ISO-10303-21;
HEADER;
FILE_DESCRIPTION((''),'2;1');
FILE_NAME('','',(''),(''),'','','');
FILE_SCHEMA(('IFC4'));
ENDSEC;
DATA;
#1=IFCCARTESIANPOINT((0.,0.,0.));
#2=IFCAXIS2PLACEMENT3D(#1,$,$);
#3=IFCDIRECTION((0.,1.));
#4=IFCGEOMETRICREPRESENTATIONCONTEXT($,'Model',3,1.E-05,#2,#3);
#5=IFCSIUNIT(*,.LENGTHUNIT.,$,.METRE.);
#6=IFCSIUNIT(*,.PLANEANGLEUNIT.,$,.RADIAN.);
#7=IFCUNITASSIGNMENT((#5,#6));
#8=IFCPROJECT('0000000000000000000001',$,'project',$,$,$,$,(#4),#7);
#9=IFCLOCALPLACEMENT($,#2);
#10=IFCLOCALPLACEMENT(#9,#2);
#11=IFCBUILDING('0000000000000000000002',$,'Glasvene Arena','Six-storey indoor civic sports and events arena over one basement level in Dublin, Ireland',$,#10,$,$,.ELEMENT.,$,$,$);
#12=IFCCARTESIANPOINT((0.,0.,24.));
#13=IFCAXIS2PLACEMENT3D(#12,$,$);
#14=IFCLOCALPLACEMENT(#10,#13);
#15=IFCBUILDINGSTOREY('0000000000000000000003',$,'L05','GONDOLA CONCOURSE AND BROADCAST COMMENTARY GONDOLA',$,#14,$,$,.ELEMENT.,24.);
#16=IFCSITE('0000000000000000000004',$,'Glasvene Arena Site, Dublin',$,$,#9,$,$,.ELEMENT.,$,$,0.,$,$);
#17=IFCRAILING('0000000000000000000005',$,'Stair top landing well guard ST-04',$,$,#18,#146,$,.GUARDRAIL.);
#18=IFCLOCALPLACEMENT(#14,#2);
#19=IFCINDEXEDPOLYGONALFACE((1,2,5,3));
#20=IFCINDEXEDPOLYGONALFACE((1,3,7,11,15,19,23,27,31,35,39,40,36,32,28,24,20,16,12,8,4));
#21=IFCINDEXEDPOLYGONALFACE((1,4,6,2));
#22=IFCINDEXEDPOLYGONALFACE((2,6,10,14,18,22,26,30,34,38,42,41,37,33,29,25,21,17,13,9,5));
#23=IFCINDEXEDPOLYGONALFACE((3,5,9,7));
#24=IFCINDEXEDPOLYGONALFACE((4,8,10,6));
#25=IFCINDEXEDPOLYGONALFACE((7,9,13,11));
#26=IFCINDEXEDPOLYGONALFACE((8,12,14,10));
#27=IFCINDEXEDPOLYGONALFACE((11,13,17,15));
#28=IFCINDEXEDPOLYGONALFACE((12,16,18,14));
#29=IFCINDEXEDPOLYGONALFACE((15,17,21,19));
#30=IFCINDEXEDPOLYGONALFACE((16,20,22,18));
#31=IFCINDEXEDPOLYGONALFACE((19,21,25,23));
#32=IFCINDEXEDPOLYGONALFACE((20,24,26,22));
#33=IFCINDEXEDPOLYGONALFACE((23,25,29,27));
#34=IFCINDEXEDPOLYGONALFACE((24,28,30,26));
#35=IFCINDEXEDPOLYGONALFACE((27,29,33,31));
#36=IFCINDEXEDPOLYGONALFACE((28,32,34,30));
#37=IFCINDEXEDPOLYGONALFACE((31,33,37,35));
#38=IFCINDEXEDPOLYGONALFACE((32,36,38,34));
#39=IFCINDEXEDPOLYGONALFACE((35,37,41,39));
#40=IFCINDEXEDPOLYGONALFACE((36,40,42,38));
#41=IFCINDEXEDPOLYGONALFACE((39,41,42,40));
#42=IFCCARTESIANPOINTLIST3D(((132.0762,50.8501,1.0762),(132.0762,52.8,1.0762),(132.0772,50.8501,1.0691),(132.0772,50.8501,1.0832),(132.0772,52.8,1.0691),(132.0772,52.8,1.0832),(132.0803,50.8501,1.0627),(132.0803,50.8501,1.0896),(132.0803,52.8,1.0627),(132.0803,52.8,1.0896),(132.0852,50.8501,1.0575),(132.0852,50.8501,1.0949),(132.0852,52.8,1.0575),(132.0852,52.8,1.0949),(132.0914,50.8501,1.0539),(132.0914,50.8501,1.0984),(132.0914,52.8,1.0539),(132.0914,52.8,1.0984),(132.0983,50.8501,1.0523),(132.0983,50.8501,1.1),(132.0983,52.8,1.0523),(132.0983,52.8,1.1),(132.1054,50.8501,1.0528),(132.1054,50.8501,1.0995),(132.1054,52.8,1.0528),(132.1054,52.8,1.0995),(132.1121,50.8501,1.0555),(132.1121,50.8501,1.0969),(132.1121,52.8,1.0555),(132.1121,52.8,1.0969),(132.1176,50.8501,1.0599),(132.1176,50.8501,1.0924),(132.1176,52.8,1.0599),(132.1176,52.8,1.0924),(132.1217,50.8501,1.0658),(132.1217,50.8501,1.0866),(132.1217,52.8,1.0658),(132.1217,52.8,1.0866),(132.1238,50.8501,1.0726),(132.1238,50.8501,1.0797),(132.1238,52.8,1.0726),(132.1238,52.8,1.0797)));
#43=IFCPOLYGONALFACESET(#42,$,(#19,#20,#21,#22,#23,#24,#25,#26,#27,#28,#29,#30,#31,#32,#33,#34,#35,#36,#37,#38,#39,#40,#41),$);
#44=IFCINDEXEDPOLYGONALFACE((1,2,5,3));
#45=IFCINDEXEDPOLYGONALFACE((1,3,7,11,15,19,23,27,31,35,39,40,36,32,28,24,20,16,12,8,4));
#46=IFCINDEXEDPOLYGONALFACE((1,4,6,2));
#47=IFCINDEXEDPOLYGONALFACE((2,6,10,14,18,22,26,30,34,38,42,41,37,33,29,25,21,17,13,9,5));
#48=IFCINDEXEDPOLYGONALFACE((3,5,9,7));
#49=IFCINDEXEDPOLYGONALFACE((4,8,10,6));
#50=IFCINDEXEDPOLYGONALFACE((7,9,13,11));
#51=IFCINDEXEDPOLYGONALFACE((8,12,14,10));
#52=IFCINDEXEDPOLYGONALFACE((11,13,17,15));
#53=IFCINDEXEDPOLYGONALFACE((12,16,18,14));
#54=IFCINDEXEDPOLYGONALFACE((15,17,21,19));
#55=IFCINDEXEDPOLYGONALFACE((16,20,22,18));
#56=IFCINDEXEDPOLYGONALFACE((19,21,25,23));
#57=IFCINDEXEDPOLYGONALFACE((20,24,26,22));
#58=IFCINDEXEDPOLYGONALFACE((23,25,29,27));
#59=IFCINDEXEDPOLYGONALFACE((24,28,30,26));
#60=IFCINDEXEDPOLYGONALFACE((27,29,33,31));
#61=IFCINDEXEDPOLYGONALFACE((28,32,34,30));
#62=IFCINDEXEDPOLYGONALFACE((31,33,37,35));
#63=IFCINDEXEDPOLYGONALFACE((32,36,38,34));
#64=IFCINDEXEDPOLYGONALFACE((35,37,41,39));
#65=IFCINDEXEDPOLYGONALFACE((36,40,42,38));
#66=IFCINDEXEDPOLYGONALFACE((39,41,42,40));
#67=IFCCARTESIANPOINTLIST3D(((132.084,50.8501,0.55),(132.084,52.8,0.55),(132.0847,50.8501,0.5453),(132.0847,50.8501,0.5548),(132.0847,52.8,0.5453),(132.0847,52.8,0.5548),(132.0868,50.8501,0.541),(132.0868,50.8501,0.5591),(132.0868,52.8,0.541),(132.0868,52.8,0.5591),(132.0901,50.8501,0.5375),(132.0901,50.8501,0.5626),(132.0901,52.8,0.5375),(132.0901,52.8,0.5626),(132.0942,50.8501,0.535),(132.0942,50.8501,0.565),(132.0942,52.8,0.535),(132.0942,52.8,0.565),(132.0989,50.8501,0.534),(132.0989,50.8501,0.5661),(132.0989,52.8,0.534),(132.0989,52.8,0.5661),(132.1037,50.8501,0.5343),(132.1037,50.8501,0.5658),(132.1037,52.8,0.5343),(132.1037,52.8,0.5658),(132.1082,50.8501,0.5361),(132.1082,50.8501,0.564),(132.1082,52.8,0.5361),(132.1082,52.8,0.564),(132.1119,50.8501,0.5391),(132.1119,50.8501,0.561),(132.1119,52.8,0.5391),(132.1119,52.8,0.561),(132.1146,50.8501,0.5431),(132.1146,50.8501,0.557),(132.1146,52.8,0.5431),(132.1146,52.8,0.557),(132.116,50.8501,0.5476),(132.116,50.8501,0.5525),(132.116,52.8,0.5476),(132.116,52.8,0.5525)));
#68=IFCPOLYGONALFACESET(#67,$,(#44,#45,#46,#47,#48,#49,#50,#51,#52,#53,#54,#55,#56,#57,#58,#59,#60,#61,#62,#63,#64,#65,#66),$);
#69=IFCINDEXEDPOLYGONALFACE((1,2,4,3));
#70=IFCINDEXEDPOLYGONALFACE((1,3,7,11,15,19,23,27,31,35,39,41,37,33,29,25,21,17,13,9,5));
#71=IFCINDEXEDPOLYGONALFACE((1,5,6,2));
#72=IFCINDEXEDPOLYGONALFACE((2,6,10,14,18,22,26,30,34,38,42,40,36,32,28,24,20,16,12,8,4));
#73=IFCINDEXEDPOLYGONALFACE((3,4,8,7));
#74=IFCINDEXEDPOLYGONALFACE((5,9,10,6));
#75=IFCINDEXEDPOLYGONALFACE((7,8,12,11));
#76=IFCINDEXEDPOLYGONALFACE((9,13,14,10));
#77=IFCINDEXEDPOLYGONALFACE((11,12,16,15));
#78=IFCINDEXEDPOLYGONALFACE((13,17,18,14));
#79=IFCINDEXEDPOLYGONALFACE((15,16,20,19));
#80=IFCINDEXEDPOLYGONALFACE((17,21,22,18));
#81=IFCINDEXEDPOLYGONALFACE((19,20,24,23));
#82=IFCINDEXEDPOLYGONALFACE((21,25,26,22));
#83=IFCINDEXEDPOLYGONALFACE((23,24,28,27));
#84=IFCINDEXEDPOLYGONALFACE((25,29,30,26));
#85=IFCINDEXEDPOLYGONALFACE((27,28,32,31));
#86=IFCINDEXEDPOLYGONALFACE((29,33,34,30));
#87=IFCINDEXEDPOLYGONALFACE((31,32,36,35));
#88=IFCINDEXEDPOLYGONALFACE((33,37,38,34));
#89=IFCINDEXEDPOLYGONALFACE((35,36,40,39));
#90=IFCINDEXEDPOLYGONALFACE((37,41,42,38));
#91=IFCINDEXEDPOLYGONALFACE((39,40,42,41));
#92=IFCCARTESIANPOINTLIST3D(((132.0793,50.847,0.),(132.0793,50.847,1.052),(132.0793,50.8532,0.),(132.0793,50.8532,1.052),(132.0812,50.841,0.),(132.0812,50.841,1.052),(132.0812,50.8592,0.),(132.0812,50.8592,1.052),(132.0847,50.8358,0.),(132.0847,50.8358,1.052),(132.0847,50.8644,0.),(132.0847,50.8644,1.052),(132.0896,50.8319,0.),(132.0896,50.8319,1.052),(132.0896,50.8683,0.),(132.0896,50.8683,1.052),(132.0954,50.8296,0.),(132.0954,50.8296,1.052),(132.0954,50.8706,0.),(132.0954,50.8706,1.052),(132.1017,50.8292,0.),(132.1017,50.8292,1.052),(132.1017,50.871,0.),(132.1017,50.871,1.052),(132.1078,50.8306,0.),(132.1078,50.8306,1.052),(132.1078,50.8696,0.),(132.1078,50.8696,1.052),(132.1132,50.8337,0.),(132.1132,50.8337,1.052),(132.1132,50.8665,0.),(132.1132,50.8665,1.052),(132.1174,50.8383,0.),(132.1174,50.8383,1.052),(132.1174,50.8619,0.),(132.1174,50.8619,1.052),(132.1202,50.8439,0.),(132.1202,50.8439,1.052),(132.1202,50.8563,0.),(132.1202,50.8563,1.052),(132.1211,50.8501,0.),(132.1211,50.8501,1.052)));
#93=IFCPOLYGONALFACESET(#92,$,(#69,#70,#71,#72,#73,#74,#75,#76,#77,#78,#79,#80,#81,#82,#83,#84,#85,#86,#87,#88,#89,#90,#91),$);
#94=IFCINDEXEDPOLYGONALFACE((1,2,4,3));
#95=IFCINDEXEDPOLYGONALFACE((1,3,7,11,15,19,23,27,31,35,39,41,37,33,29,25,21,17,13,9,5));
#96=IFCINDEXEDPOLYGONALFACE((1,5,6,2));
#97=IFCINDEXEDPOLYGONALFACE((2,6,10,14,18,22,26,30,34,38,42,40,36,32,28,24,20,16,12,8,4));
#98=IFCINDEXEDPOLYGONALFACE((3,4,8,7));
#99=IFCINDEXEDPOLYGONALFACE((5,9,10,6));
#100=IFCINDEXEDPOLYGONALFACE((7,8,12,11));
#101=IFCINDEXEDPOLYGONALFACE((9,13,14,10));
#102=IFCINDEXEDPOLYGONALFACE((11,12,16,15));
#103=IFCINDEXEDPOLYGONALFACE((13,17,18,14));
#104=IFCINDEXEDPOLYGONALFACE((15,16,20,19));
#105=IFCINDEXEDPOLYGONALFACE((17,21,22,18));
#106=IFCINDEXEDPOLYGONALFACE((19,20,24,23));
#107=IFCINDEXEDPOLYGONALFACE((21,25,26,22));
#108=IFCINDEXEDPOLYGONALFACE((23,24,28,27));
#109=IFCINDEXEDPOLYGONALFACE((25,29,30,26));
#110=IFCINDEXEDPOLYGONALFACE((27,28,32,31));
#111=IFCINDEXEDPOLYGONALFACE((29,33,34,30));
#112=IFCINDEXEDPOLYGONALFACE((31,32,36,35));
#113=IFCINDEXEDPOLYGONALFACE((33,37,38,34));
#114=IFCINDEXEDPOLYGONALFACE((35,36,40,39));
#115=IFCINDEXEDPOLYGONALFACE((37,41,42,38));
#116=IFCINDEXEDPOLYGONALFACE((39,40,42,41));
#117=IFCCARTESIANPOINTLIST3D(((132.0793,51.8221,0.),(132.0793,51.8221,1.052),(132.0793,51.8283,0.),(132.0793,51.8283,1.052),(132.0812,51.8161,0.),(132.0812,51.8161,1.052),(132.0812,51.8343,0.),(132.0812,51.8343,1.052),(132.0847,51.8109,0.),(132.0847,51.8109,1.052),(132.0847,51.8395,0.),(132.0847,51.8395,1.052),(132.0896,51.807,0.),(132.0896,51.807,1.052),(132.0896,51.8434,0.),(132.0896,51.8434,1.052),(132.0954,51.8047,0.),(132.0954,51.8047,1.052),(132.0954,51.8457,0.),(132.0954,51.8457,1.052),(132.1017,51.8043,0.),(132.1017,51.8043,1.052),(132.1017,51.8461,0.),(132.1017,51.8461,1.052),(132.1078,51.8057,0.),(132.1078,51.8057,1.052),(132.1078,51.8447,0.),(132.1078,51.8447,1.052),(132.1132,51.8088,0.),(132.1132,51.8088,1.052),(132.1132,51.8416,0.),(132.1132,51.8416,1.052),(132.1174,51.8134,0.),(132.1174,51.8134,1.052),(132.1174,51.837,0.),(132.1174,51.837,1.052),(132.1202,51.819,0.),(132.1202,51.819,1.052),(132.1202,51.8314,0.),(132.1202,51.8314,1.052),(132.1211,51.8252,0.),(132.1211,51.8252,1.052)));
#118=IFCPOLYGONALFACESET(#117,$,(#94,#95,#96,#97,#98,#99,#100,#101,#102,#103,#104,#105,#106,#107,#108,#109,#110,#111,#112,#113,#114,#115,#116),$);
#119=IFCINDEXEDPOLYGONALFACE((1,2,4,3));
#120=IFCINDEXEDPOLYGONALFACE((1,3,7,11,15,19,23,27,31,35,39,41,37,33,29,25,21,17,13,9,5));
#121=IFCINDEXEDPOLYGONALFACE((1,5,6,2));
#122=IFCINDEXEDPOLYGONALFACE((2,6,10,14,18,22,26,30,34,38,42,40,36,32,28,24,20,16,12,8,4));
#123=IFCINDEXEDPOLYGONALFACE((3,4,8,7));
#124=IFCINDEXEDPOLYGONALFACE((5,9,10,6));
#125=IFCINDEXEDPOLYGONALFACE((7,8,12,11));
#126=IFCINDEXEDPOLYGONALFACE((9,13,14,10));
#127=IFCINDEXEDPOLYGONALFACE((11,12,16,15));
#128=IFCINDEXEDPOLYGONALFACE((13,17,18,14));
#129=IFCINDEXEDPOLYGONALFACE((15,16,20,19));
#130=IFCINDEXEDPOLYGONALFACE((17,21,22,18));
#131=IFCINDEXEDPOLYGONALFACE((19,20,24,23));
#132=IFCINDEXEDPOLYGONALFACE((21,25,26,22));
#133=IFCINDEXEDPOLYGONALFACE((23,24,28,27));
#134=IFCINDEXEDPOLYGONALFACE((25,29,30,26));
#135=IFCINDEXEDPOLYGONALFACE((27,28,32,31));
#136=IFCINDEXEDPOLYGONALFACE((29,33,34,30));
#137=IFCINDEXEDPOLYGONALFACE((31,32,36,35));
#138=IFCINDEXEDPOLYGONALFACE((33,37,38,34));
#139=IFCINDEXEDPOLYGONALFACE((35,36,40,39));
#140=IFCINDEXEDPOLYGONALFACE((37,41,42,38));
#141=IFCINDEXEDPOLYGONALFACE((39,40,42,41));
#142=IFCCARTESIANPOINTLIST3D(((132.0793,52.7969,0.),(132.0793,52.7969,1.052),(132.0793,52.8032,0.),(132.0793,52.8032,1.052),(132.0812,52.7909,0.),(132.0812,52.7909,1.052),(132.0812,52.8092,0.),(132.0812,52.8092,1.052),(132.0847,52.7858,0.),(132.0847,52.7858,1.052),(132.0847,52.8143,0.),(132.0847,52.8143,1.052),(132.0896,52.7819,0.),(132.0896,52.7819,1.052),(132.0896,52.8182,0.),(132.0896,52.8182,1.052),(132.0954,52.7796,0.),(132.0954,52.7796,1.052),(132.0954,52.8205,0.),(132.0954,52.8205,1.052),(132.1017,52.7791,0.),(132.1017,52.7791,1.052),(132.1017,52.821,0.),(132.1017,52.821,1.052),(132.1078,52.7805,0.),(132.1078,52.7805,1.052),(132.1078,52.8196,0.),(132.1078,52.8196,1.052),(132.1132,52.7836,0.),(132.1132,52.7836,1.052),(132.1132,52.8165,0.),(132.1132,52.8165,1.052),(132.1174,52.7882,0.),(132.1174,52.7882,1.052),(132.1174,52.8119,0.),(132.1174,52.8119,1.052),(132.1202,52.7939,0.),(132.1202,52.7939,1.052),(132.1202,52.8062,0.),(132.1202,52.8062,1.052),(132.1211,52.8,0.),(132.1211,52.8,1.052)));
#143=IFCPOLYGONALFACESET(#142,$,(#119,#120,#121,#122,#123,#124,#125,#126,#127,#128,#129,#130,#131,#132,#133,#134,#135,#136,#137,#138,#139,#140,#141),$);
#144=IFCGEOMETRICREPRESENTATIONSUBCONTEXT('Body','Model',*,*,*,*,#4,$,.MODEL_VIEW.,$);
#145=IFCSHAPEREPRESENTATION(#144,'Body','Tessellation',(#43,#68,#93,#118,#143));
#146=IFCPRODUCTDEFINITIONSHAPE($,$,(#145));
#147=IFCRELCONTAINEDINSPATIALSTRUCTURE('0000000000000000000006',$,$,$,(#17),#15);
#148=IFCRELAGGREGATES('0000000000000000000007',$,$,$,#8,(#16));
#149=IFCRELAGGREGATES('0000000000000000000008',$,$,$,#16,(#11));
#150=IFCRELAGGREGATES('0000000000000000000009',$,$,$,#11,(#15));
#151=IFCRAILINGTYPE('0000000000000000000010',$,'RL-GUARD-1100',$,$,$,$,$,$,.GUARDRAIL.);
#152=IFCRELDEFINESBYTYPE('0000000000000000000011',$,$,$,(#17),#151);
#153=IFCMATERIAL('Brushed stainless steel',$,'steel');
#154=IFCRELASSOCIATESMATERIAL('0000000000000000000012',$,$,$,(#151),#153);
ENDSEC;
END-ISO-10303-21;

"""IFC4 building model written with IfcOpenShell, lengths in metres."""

from ifc_helpers import new_model, si_unit, direction, frame, origin, origin_2d, place, context, subcontext, project, spatial, circle, extrude, material, type_object, element, save


model = new_model("IFC4")

# Units and contexts
model_context = context("Model", 3, precision=1e-05, world=origin(), true_north=direction((0.0, 1.0)))
body_context = subcontext(model_context, "Body", "Model", "MODEL_VIEW")
ifc_project = project(units=[si_unit("LENGTHUNIT", "METRE"), si_unit("PLANEANGLEUNIT", "RADIAN")], contexts=[model_context])

# Site, building, storey
site_placement = place(None, origin())
site = spatial("IfcSite", under=ifc_project, at=site_placement, Name="Glasvene Arena Site, Dublin", CompositionType="ELEMENT", RefElevation=0.0)
building_placement = place(site_placement, origin())
building = spatial("IfcBuilding", under=site, at=building_placement, Name="Glasvene Arena", Description="Six-storey indoor civic sports and events arena over one basement level in Dublin, Ireland", CompositionType="ELEMENT")
storey_placement = place(building_placement, frame((0.0, 0.0, 24.0)))
storey = spatial("IfcBuildingStorey", under=building, at=storey_placement, Name="L05", Description="GONDOLA CONCOURSE AND BROADCAST COMMENTARY GONDOLA", CompositionType="ELEMENT", Elevation=24.0)

# Railing
ifc_material_1 = material(Name="Brushed stainless steel", Category="steel")
railing_type_1 = type_object("IfcRailingType", Name="RL-GUARD-1100", PredefinedType="GUARDRAIL", material=ifc_material_1)
railing_1_placement = place(storey_placement, frame((132.1001, 50.8501, 0.0)))
element("IfcRailing", 1, at=railing_1_placement, inside=storey, type_object=railing_type_1, Name="Stair top landing well guard ST-04", PredefinedType="GUARDRAIL", context=body_context, shape_type="SweptSolid", body=[
    extrude(circle(Radius=0.0239, at=origin_2d()), frame((0.0, 0.0, 1.0762), z_axis=(0.0, 1.0, 0.0), x_axis=(-1.0, 0.0, 0.0)), (0.0, 0.0, 1.0), 1.95),
    extrude(circle(Radius=0.0161, at=origin_2d()), frame((0.0, 0.0, 0.55), z_axis=(0.0, 1.0, 0.0), x_axis=(-1.0, 0.0, 0.0)), (0.0, 0.0, 1.0), 1.95),
    extrude(circle(Radius=0.021, at=origin_2d()), origin(), (0.0, 0.0, 1.0), 1.052),
    extrude(circle(Radius=0.021, at=origin_2d()), frame((0.0, 0.9751, 0.0)), (0.0, 0.0, 1.0), 1.052),
    extrude(circle(Radius=0.021, at=origin_2d()), frame((0.0, 1.95, 0.0)), (0.0, 0.0, 1.0), 1.052),
])

save(model, "model.ifc")
